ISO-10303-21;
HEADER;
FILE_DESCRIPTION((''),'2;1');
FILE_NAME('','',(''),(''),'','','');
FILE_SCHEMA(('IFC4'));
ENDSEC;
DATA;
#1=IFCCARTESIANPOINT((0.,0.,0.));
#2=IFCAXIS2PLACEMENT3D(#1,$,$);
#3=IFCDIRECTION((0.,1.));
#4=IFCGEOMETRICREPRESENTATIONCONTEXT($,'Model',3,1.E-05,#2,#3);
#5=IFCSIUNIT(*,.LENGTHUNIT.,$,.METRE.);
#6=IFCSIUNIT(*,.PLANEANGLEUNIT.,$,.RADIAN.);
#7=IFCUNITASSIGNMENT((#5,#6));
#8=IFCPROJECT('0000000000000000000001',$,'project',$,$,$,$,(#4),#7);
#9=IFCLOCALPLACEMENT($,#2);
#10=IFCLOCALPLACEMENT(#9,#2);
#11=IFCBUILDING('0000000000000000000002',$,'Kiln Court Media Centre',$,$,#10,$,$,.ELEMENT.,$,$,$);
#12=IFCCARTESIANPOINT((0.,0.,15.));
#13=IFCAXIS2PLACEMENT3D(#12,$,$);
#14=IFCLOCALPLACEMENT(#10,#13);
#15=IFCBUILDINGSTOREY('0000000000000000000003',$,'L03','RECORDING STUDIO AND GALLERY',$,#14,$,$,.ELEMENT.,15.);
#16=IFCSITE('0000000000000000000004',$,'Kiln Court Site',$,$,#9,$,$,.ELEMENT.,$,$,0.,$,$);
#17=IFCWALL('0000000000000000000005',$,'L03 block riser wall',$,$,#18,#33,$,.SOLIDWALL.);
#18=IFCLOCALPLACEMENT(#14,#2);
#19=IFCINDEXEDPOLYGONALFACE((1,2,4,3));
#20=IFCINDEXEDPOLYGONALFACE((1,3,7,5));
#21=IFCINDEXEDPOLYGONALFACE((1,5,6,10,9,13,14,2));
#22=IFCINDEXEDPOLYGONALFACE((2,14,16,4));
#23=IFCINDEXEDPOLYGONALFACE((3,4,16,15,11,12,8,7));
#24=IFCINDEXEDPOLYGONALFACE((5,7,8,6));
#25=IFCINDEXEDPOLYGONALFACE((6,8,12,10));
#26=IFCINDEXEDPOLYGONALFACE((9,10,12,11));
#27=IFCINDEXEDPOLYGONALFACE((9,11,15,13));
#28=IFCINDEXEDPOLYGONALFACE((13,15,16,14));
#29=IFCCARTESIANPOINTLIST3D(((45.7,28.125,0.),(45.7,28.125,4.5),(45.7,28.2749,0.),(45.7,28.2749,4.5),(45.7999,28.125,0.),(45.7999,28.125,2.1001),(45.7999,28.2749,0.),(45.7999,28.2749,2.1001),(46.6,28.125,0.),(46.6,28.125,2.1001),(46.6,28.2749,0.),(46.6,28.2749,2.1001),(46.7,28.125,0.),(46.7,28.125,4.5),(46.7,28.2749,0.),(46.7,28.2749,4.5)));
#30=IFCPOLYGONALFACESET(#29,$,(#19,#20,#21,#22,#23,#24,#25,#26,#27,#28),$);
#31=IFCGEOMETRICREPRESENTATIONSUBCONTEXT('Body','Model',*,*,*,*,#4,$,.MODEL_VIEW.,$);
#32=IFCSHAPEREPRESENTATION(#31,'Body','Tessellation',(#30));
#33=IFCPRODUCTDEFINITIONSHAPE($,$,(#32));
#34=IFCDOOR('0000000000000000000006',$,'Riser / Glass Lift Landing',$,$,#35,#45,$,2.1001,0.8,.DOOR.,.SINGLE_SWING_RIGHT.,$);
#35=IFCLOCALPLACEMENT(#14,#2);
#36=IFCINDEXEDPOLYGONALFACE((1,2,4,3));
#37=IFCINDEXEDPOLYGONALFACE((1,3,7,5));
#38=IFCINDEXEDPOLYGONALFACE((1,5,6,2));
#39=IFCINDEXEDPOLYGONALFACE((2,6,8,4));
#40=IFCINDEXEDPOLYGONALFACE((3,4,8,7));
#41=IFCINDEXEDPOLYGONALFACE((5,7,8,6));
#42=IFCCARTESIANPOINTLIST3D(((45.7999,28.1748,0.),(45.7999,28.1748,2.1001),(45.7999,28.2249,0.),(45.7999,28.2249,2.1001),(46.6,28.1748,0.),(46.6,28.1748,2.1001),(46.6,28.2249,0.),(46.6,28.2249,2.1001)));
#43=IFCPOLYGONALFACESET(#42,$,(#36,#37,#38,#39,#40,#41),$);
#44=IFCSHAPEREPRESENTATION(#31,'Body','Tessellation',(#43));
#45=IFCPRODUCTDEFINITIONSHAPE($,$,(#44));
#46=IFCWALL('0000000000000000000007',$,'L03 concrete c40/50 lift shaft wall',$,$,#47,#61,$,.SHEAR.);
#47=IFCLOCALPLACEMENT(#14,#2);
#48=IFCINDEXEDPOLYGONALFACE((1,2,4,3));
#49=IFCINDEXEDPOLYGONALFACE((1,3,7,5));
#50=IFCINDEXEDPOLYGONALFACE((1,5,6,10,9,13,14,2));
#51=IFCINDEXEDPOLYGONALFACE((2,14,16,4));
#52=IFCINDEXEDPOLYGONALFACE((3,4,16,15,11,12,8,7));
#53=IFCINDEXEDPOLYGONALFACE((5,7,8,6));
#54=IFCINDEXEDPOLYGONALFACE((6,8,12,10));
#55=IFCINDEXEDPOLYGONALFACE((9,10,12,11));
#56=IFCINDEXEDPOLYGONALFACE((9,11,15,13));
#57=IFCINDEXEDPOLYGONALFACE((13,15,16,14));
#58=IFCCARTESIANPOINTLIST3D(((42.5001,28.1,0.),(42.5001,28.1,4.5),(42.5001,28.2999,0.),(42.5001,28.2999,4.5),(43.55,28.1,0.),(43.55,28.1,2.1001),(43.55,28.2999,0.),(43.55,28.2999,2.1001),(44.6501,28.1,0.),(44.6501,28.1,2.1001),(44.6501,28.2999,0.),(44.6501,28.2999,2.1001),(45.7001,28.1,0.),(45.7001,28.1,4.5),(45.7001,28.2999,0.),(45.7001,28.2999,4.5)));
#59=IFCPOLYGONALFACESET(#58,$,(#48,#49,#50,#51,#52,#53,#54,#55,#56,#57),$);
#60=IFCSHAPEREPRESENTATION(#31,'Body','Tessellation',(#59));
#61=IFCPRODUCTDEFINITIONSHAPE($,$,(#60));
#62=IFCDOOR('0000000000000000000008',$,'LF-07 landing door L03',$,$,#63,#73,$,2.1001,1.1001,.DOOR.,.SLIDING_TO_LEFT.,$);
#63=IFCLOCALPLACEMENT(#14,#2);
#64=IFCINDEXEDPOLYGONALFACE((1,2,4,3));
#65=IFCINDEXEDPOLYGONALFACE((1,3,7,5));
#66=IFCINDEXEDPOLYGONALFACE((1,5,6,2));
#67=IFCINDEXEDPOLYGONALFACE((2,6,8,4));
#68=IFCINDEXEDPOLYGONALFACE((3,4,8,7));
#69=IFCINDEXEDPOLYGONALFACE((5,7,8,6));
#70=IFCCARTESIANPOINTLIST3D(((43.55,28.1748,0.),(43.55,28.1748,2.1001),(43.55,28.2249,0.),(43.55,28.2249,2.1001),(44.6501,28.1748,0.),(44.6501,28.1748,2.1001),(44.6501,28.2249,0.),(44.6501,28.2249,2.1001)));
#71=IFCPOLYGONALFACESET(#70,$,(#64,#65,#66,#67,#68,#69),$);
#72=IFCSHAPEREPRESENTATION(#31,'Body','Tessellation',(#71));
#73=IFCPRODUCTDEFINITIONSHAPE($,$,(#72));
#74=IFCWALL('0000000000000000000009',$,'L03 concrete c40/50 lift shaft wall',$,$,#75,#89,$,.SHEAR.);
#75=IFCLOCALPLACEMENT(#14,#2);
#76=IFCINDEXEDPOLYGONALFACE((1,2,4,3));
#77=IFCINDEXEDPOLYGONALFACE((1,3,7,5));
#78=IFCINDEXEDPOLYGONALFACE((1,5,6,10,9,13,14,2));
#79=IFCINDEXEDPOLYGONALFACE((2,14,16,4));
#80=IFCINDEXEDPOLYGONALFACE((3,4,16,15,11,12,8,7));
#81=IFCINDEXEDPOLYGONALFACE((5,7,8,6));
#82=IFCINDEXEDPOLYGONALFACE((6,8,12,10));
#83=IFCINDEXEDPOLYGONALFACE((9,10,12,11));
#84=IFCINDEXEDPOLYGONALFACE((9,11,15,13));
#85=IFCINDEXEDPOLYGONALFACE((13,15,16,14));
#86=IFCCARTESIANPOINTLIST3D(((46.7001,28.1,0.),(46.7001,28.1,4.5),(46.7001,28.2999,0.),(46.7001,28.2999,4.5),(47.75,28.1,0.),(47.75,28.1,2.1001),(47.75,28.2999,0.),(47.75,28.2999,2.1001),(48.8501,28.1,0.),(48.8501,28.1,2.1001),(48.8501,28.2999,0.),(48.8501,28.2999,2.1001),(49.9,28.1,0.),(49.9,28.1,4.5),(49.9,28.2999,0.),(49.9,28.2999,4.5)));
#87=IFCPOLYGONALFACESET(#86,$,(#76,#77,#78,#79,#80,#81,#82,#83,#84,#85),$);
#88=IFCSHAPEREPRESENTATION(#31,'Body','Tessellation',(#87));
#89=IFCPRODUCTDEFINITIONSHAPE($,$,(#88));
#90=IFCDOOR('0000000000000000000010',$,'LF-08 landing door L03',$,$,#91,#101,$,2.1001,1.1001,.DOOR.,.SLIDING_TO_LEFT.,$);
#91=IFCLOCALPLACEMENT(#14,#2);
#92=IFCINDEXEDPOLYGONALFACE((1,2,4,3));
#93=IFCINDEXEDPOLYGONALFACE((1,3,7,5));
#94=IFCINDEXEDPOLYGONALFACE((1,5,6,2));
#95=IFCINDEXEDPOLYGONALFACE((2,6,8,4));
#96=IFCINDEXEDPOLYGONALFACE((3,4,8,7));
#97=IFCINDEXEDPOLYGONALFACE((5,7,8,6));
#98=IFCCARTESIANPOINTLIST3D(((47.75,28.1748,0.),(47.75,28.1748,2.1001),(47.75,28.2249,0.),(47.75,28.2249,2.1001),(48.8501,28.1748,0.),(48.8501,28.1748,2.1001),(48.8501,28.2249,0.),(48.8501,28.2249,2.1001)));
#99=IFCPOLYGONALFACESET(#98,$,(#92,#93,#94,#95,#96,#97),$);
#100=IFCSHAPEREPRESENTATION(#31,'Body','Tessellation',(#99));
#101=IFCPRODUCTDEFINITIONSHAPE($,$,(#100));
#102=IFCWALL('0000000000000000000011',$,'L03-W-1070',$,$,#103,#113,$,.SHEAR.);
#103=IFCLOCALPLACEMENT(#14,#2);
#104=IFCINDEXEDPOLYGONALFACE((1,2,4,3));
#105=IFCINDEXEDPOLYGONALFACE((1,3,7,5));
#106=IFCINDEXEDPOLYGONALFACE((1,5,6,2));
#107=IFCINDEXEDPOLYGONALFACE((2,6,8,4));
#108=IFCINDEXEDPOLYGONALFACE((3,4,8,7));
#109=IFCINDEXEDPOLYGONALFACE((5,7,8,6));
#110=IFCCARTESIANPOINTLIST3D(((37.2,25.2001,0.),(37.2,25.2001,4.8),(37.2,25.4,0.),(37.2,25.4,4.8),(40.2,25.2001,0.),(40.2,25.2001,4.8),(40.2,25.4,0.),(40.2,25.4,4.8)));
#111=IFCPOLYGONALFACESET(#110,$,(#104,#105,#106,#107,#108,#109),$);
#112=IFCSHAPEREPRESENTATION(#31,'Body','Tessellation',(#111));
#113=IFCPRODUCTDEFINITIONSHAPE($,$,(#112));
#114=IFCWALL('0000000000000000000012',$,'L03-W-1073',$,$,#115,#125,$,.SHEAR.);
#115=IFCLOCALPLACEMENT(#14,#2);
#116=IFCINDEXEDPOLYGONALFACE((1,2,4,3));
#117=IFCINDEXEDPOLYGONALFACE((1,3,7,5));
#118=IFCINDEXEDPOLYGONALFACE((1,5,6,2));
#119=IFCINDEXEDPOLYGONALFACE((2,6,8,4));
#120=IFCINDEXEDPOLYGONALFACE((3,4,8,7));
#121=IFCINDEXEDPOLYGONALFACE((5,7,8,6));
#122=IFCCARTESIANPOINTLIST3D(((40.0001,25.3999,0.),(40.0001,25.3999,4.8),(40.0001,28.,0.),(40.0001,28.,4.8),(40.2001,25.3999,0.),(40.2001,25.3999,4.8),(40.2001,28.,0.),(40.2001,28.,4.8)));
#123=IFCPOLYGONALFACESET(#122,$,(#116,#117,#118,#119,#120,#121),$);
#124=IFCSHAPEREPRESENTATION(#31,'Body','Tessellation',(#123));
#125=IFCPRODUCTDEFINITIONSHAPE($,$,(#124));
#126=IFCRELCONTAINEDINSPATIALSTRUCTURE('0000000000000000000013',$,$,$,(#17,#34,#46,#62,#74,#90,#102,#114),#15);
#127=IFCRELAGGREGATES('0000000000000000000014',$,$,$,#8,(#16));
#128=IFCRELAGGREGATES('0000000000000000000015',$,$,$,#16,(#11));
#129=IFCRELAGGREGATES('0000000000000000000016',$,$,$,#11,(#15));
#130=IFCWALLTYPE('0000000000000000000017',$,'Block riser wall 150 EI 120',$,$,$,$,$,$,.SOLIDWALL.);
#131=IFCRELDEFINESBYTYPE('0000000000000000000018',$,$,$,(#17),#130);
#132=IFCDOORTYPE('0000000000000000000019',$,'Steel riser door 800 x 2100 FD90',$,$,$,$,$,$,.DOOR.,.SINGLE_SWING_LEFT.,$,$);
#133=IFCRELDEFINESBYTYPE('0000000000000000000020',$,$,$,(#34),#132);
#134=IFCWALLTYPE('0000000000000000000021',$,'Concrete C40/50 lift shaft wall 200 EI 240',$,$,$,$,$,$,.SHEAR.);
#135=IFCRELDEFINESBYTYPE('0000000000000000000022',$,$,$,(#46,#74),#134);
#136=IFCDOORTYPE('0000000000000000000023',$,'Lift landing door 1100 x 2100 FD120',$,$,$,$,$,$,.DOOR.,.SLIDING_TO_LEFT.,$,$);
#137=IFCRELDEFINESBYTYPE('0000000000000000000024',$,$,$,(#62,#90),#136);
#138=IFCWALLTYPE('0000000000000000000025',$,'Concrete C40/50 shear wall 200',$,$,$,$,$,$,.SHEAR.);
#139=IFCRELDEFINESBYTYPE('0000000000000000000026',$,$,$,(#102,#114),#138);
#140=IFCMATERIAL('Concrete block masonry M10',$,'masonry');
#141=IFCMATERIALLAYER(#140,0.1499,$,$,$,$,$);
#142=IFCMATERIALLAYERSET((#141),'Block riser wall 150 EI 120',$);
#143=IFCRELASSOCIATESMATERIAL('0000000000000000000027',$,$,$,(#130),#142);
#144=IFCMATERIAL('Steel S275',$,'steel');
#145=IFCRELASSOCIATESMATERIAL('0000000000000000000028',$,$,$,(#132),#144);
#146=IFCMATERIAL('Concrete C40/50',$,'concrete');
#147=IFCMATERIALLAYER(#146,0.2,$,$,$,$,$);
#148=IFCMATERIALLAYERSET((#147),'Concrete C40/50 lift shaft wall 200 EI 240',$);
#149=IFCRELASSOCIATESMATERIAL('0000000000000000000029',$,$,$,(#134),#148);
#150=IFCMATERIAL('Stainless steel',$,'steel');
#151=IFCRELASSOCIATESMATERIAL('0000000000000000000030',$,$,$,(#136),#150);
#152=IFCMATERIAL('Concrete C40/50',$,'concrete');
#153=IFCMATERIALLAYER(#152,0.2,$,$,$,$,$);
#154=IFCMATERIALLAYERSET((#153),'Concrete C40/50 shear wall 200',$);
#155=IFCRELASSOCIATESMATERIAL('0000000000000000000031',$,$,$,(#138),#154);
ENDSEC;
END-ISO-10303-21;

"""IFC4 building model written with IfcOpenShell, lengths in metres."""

from ifc_helpers import new_model, si_unit, direction, frame, frame_2d, origin, place, context, subcontext, project, spatial, rectangle, extrude, material, layer, layer_set, type_object, element, fill, save


model = new_model("IFC4")

# Units and contexts
model_context = context("Model", 3, precision=1e-05, world=origin(), true_north=direction((0.0, 1.0)))
body_context = subcontext(model_context, "Body", "Model", "MODEL_VIEW")
ifc_project = project(units=[si_unit("LENGTHUNIT", "METRE"), si_unit("PLANEANGLEUNIT", "RADIAN")], contexts=[model_context])

# Site, building, storey
site_placement = place(None, origin())
site = spatial("IfcSite", under=ifc_project, at=site_placement, Name="Kiln Court Site", CompositionType="ELEMENT", RefElevation=0.0)
building_placement = place(site_placement, origin())
building = spatial("IfcBuilding", under=site, at=building_placement, Name="Kiln Court Media Centre", CompositionType="ELEMENT")
storey_placement = place(building_placement, frame((0.0, 0.0, 15.0)))
storey = spatial("IfcBuildingStorey", under=building, at=storey_placement, Name="L03", Description="RECORDING STUDIO AND GALLERY", CompositionType="ELEMENT", Elevation=15.0)

# Walls, openings, doors
ifc_material_1 = material(Name="Concrete block masonry M10", Category="masonry")
ifc_layer_1 = layer(ifc_material_1, 0.1499)
ifc_layer_set_1 = layer_set([ifc_layer_1], Name="Block riser wall 150 EI 120")
wall_type_1 = type_object("IfcWallType", Name="Block riser wall 150 EI 120", PredefinedType="SOLIDWALL", material=ifc_layer_set_1)
wall_1_placement = place(storey_placement, frame((45.7, 28.2, 0.0), z_axis=(0.0, 0.0, 1.0), x_axis=(1.0, 0.0, 0.0)))
wall_1 = element("IfcWall", 1, at=wall_1_placement, inside=storey, type_object=wall_type_1, Name="L03 block riser wall", PredefinedType="SOLIDWALL", context=body_context, shape_type="SweptSolid", body=[
    extrude(rectangle(XDim=1.0, YDim=0.1499, at=frame_2d((0.5, 0.0))), origin(), (0.0, 0.0, 1.0), 4.5),
])
opening_1_placement = place(wall_1_placement, frame((0.1001, 0.0, 0.0)))
opening_1 = element("IfcOpeningElement", 2, at=opening_1_placement, cuts=wall_1, PredefinedType="OPENING", context=body_context, shape_type="SweptSolid", body=[
    extrude(rectangle(XDim=0.8, YDim=2.1001, at=frame_2d((0.3999, 1.05))), frame((0.0, 0.085, 0.0), z_axis=(0.0, -1.0, 0.0), x_axis=(1.0, 0.0, 0.0)), (0.0, 0.0, 1.0), 0.1699),
])
ifc_material_2 = material(Name="Steel S275", Category="steel")
door_type_1 = type_object("IfcDoorType", Name="Steel riser door 800 x 2100 FD90", OperationType="SINGLE_SWING_LEFT", PredefinedType="DOOR", material=ifc_material_2)
door_1_placement = place(opening_1_placement, origin())
door_1 = element("IfcDoor", 3, at=door_1_placement, inside=storey, type_object=door_type_1, Name="Riser / Glass Lift Landing", OperationType="SINGLE_SWING_RIGHT", OverallHeight=2.1001, OverallWidth=0.8, PredefinedType="DOOR", context=body_context, shape_type="SweptSolid", body=[
    extrude(rectangle(XDim=0.8, YDim=2.1001, at=frame_2d((0.3999, 1.05))), frame((0.0, 0.0249, 0.0), z_axis=(0.0, -1.0, 0.0), x_axis=(1.0, 0.0, 0.0)), (0.0, 0.0, 1.0), 0.05),
])
fill(opening_1, door_1)
ifc_material_3 = material(Name="Concrete C40/50", Category="concrete")
ifc_layer_2 = layer(ifc_material_3, 0.2)
ifc_layer_set_2 = layer_set([ifc_layer_2], Name="Concrete C40/50 lift shaft wall 200 EI 240")
wall_type_2 = type_object("IfcWallType", Name="Concrete C40/50 lift shaft wall 200 EI 240", PredefinedType="SHEAR", material=ifc_layer_set_2)
wall_2_placement = place(storey_placement, frame((42.5, 28.2, 0.0), z_axis=(0.0, 0.0, 1.0), x_axis=(1.0, 0.0, 0.0)))
wall_2 = element("IfcWall", 4, at=wall_2_placement, inside=storey, type_object=wall_type_2, Name="L03 concrete c40/50 lift shaft wall", PredefinedType="SHEAR", context=body_context, shape_type="SweptSolid", body=[
    extrude(rectangle(XDim=3.2, YDim=0.2, at=frame_2d((1.6001, 0.0))), origin(), (0.0, 0.0, 1.0), 4.5),
])
opening_2_placement = place(wall_2_placement, frame((1.05, 0.0, 0.0)))
opening_2 = element("IfcOpeningElement", 5, at=opening_2_placement, cuts=wall_2, PredefinedType="OPENING", context=body_context, shape_type="SweptSolid", body=[
    extrude(rectangle(XDim=1.1001, YDim=2.1001, at=frame_2d((0.55, 1.05))), frame((0.0, 0.1099, 0.0), z_axis=(0.0, -1.0, 0.0), x_axis=(1.0, 0.0, 0.0)), (0.0, 0.0, 1.0), 0.22),
])
ifc_material_4 = material(Name="Stainless steel", Category="steel")
door_type_2 = type_object("IfcDoorType", Name="Lift landing door 1100 x 2100 FD120", OperationType="SLIDING_TO_LEFT", PredefinedType="DOOR", material=ifc_material_4)
door_2_placement = place(opening_2_placement, origin())
door_2 = element("IfcDoor", 6, at=door_2_placement, inside=storey, type_object=door_type_2, Name="LF-07 landing door L03", OperationType="SLIDING_TO_LEFT", OverallHeight=2.1001, OverallWidth=1.1001, PredefinedType="DOOR", context=body_context, shape_type="SweptSolid", body=[
    extrude(rectangle(XDim=1.1001, YDim=2.1001, at=frame_2d((0.55, 1.05))), frame((0.0, 0.0249, 0.0), z_axis=(0.0, -1.0, 0.0), x_axis=(1.0, 0.0, 0.0)), (0.0, 0.0, 1.0), 0.05),
])
fill(opening_2, door_2)
wall_3_placement = place(storey_placement, frame((46.7, 28.2, 0.0), z_axis=(0.0, 0.0, 1.0), x_axis=(1.0, 0.0, 0.0)))
wall_3 = element("IfcWall", 7, at=wall_3_placement, inside=storey, type_object=wall_type_2, Name="L03 concrete c40/50 lift shaft wall", PredefinedType="SHEAR", context=body_context, shape_type="SweptSolid", body=[
    extrude(rectangle(XDim=3.2, YDim=0.2, at=frame_2d((1.6001, 0.0))), origin(), (0.0, 0.0, 1.0), 4.5),
])
opening_3_placement = place(wall_3_placement, frame((1.05, 0.0, 0.0)))
opening_3 = element("IfcOpeningElement", 8, at=opening_3_placement, cuts=wall_3, PredefinedType="OPENING", context=body_context, shape_type="SweptSolid", body=[
    extrude(rectangle(XDim=1.1001, YDim=2.1001, at=frame_2d((0.55, 1.05))), frame((0.0, 0.1099, 0.0), z_axis=(0.0, -1.0, 0.0), x_axis=(1.0, 0.0, 0.0)), (0.0, 0.0, 1.0), 0.22),
])
door_3_placement = place(opening_3_placement, origin())
door_3 = element("IfcDoor", 9, at=door_3_placement, inside=storey, type_object=door_type_2, Name="LF-08 landing door L03", OperationType="SLIDING_TO_LEFT", OverallHeight=2.1001, OverallWidth=1.1001, PredefinedType="DOOR", context=body_context, shape_type="SweptSolid", body=[
    extrude(rectangle(XDim=1.1001, YDim=2.1001, at=frame_2d((0.55, 1.05))), frame((0.0, 0.0249, 0.0), z_axis=(0.0, -1.0, 0.0), x_axis=(1.0, 0.0, 0.0)), (0.0, 0.0, 1.0), 0.05),
])
fill(opening_3, door_3)

# Walls
ifc_material_5 = material(Name="Concrete C40/50", Category="concrete")
ifc_layer_3 = layer(ifc_material_5, 0.2)
ifc_layer_set_3 = layer_set([ifc_layer_3], Name="Concrete C40/50 shear wall 200")
wall_type_3 = type_object("IfcWallType", Name="Concrete C40/50 shear wall 200", PredefinedType="SHEAR", material=ifc_layer_set_3)
wall_4_placement = place(storey_placement, frame((40.2, 25.3, 0.0), z_axis=(0.0, 0.0, 1.0), x_axis=(-1.0, 0.0, 0.0)))
element("IfcWall", 10, at=wall_4_placement, inside=storey, type_object=wall_type_3, Name="L03-W-1070", PredefinedType="SHEAR", context=body_context, shape_type="SweptSolid", body=[
    extrude(rectangle(XDim=3.0, YDim=0.2, at=frame_2d((1.5, 0.0))), origin(), (0.0, 0.0, 1.0), 4.8),
])
wall_5_placement = place(storey_placement, frame((40.1001, 28.0, 0.0), z_axis=(0.0, 0.0, 1.0), x_axis=(0.0, -1.0, 0.0)))
element("IfcWall", 11, at=wall_5_placement, inside=storey, type_object=wall_type_3, Name="L03-W-1073", PredefinedType="SHEAR", context=body_context, shape_type="SweptSolid", body=[
    extrude(rectangle(XDim=2.6001, YDim=0.2, at=frame_2d((1.3, 0.0))), origin(), (0.0, 0.0, 1.0), 4.8),
])

save(model, "model.ifc")
